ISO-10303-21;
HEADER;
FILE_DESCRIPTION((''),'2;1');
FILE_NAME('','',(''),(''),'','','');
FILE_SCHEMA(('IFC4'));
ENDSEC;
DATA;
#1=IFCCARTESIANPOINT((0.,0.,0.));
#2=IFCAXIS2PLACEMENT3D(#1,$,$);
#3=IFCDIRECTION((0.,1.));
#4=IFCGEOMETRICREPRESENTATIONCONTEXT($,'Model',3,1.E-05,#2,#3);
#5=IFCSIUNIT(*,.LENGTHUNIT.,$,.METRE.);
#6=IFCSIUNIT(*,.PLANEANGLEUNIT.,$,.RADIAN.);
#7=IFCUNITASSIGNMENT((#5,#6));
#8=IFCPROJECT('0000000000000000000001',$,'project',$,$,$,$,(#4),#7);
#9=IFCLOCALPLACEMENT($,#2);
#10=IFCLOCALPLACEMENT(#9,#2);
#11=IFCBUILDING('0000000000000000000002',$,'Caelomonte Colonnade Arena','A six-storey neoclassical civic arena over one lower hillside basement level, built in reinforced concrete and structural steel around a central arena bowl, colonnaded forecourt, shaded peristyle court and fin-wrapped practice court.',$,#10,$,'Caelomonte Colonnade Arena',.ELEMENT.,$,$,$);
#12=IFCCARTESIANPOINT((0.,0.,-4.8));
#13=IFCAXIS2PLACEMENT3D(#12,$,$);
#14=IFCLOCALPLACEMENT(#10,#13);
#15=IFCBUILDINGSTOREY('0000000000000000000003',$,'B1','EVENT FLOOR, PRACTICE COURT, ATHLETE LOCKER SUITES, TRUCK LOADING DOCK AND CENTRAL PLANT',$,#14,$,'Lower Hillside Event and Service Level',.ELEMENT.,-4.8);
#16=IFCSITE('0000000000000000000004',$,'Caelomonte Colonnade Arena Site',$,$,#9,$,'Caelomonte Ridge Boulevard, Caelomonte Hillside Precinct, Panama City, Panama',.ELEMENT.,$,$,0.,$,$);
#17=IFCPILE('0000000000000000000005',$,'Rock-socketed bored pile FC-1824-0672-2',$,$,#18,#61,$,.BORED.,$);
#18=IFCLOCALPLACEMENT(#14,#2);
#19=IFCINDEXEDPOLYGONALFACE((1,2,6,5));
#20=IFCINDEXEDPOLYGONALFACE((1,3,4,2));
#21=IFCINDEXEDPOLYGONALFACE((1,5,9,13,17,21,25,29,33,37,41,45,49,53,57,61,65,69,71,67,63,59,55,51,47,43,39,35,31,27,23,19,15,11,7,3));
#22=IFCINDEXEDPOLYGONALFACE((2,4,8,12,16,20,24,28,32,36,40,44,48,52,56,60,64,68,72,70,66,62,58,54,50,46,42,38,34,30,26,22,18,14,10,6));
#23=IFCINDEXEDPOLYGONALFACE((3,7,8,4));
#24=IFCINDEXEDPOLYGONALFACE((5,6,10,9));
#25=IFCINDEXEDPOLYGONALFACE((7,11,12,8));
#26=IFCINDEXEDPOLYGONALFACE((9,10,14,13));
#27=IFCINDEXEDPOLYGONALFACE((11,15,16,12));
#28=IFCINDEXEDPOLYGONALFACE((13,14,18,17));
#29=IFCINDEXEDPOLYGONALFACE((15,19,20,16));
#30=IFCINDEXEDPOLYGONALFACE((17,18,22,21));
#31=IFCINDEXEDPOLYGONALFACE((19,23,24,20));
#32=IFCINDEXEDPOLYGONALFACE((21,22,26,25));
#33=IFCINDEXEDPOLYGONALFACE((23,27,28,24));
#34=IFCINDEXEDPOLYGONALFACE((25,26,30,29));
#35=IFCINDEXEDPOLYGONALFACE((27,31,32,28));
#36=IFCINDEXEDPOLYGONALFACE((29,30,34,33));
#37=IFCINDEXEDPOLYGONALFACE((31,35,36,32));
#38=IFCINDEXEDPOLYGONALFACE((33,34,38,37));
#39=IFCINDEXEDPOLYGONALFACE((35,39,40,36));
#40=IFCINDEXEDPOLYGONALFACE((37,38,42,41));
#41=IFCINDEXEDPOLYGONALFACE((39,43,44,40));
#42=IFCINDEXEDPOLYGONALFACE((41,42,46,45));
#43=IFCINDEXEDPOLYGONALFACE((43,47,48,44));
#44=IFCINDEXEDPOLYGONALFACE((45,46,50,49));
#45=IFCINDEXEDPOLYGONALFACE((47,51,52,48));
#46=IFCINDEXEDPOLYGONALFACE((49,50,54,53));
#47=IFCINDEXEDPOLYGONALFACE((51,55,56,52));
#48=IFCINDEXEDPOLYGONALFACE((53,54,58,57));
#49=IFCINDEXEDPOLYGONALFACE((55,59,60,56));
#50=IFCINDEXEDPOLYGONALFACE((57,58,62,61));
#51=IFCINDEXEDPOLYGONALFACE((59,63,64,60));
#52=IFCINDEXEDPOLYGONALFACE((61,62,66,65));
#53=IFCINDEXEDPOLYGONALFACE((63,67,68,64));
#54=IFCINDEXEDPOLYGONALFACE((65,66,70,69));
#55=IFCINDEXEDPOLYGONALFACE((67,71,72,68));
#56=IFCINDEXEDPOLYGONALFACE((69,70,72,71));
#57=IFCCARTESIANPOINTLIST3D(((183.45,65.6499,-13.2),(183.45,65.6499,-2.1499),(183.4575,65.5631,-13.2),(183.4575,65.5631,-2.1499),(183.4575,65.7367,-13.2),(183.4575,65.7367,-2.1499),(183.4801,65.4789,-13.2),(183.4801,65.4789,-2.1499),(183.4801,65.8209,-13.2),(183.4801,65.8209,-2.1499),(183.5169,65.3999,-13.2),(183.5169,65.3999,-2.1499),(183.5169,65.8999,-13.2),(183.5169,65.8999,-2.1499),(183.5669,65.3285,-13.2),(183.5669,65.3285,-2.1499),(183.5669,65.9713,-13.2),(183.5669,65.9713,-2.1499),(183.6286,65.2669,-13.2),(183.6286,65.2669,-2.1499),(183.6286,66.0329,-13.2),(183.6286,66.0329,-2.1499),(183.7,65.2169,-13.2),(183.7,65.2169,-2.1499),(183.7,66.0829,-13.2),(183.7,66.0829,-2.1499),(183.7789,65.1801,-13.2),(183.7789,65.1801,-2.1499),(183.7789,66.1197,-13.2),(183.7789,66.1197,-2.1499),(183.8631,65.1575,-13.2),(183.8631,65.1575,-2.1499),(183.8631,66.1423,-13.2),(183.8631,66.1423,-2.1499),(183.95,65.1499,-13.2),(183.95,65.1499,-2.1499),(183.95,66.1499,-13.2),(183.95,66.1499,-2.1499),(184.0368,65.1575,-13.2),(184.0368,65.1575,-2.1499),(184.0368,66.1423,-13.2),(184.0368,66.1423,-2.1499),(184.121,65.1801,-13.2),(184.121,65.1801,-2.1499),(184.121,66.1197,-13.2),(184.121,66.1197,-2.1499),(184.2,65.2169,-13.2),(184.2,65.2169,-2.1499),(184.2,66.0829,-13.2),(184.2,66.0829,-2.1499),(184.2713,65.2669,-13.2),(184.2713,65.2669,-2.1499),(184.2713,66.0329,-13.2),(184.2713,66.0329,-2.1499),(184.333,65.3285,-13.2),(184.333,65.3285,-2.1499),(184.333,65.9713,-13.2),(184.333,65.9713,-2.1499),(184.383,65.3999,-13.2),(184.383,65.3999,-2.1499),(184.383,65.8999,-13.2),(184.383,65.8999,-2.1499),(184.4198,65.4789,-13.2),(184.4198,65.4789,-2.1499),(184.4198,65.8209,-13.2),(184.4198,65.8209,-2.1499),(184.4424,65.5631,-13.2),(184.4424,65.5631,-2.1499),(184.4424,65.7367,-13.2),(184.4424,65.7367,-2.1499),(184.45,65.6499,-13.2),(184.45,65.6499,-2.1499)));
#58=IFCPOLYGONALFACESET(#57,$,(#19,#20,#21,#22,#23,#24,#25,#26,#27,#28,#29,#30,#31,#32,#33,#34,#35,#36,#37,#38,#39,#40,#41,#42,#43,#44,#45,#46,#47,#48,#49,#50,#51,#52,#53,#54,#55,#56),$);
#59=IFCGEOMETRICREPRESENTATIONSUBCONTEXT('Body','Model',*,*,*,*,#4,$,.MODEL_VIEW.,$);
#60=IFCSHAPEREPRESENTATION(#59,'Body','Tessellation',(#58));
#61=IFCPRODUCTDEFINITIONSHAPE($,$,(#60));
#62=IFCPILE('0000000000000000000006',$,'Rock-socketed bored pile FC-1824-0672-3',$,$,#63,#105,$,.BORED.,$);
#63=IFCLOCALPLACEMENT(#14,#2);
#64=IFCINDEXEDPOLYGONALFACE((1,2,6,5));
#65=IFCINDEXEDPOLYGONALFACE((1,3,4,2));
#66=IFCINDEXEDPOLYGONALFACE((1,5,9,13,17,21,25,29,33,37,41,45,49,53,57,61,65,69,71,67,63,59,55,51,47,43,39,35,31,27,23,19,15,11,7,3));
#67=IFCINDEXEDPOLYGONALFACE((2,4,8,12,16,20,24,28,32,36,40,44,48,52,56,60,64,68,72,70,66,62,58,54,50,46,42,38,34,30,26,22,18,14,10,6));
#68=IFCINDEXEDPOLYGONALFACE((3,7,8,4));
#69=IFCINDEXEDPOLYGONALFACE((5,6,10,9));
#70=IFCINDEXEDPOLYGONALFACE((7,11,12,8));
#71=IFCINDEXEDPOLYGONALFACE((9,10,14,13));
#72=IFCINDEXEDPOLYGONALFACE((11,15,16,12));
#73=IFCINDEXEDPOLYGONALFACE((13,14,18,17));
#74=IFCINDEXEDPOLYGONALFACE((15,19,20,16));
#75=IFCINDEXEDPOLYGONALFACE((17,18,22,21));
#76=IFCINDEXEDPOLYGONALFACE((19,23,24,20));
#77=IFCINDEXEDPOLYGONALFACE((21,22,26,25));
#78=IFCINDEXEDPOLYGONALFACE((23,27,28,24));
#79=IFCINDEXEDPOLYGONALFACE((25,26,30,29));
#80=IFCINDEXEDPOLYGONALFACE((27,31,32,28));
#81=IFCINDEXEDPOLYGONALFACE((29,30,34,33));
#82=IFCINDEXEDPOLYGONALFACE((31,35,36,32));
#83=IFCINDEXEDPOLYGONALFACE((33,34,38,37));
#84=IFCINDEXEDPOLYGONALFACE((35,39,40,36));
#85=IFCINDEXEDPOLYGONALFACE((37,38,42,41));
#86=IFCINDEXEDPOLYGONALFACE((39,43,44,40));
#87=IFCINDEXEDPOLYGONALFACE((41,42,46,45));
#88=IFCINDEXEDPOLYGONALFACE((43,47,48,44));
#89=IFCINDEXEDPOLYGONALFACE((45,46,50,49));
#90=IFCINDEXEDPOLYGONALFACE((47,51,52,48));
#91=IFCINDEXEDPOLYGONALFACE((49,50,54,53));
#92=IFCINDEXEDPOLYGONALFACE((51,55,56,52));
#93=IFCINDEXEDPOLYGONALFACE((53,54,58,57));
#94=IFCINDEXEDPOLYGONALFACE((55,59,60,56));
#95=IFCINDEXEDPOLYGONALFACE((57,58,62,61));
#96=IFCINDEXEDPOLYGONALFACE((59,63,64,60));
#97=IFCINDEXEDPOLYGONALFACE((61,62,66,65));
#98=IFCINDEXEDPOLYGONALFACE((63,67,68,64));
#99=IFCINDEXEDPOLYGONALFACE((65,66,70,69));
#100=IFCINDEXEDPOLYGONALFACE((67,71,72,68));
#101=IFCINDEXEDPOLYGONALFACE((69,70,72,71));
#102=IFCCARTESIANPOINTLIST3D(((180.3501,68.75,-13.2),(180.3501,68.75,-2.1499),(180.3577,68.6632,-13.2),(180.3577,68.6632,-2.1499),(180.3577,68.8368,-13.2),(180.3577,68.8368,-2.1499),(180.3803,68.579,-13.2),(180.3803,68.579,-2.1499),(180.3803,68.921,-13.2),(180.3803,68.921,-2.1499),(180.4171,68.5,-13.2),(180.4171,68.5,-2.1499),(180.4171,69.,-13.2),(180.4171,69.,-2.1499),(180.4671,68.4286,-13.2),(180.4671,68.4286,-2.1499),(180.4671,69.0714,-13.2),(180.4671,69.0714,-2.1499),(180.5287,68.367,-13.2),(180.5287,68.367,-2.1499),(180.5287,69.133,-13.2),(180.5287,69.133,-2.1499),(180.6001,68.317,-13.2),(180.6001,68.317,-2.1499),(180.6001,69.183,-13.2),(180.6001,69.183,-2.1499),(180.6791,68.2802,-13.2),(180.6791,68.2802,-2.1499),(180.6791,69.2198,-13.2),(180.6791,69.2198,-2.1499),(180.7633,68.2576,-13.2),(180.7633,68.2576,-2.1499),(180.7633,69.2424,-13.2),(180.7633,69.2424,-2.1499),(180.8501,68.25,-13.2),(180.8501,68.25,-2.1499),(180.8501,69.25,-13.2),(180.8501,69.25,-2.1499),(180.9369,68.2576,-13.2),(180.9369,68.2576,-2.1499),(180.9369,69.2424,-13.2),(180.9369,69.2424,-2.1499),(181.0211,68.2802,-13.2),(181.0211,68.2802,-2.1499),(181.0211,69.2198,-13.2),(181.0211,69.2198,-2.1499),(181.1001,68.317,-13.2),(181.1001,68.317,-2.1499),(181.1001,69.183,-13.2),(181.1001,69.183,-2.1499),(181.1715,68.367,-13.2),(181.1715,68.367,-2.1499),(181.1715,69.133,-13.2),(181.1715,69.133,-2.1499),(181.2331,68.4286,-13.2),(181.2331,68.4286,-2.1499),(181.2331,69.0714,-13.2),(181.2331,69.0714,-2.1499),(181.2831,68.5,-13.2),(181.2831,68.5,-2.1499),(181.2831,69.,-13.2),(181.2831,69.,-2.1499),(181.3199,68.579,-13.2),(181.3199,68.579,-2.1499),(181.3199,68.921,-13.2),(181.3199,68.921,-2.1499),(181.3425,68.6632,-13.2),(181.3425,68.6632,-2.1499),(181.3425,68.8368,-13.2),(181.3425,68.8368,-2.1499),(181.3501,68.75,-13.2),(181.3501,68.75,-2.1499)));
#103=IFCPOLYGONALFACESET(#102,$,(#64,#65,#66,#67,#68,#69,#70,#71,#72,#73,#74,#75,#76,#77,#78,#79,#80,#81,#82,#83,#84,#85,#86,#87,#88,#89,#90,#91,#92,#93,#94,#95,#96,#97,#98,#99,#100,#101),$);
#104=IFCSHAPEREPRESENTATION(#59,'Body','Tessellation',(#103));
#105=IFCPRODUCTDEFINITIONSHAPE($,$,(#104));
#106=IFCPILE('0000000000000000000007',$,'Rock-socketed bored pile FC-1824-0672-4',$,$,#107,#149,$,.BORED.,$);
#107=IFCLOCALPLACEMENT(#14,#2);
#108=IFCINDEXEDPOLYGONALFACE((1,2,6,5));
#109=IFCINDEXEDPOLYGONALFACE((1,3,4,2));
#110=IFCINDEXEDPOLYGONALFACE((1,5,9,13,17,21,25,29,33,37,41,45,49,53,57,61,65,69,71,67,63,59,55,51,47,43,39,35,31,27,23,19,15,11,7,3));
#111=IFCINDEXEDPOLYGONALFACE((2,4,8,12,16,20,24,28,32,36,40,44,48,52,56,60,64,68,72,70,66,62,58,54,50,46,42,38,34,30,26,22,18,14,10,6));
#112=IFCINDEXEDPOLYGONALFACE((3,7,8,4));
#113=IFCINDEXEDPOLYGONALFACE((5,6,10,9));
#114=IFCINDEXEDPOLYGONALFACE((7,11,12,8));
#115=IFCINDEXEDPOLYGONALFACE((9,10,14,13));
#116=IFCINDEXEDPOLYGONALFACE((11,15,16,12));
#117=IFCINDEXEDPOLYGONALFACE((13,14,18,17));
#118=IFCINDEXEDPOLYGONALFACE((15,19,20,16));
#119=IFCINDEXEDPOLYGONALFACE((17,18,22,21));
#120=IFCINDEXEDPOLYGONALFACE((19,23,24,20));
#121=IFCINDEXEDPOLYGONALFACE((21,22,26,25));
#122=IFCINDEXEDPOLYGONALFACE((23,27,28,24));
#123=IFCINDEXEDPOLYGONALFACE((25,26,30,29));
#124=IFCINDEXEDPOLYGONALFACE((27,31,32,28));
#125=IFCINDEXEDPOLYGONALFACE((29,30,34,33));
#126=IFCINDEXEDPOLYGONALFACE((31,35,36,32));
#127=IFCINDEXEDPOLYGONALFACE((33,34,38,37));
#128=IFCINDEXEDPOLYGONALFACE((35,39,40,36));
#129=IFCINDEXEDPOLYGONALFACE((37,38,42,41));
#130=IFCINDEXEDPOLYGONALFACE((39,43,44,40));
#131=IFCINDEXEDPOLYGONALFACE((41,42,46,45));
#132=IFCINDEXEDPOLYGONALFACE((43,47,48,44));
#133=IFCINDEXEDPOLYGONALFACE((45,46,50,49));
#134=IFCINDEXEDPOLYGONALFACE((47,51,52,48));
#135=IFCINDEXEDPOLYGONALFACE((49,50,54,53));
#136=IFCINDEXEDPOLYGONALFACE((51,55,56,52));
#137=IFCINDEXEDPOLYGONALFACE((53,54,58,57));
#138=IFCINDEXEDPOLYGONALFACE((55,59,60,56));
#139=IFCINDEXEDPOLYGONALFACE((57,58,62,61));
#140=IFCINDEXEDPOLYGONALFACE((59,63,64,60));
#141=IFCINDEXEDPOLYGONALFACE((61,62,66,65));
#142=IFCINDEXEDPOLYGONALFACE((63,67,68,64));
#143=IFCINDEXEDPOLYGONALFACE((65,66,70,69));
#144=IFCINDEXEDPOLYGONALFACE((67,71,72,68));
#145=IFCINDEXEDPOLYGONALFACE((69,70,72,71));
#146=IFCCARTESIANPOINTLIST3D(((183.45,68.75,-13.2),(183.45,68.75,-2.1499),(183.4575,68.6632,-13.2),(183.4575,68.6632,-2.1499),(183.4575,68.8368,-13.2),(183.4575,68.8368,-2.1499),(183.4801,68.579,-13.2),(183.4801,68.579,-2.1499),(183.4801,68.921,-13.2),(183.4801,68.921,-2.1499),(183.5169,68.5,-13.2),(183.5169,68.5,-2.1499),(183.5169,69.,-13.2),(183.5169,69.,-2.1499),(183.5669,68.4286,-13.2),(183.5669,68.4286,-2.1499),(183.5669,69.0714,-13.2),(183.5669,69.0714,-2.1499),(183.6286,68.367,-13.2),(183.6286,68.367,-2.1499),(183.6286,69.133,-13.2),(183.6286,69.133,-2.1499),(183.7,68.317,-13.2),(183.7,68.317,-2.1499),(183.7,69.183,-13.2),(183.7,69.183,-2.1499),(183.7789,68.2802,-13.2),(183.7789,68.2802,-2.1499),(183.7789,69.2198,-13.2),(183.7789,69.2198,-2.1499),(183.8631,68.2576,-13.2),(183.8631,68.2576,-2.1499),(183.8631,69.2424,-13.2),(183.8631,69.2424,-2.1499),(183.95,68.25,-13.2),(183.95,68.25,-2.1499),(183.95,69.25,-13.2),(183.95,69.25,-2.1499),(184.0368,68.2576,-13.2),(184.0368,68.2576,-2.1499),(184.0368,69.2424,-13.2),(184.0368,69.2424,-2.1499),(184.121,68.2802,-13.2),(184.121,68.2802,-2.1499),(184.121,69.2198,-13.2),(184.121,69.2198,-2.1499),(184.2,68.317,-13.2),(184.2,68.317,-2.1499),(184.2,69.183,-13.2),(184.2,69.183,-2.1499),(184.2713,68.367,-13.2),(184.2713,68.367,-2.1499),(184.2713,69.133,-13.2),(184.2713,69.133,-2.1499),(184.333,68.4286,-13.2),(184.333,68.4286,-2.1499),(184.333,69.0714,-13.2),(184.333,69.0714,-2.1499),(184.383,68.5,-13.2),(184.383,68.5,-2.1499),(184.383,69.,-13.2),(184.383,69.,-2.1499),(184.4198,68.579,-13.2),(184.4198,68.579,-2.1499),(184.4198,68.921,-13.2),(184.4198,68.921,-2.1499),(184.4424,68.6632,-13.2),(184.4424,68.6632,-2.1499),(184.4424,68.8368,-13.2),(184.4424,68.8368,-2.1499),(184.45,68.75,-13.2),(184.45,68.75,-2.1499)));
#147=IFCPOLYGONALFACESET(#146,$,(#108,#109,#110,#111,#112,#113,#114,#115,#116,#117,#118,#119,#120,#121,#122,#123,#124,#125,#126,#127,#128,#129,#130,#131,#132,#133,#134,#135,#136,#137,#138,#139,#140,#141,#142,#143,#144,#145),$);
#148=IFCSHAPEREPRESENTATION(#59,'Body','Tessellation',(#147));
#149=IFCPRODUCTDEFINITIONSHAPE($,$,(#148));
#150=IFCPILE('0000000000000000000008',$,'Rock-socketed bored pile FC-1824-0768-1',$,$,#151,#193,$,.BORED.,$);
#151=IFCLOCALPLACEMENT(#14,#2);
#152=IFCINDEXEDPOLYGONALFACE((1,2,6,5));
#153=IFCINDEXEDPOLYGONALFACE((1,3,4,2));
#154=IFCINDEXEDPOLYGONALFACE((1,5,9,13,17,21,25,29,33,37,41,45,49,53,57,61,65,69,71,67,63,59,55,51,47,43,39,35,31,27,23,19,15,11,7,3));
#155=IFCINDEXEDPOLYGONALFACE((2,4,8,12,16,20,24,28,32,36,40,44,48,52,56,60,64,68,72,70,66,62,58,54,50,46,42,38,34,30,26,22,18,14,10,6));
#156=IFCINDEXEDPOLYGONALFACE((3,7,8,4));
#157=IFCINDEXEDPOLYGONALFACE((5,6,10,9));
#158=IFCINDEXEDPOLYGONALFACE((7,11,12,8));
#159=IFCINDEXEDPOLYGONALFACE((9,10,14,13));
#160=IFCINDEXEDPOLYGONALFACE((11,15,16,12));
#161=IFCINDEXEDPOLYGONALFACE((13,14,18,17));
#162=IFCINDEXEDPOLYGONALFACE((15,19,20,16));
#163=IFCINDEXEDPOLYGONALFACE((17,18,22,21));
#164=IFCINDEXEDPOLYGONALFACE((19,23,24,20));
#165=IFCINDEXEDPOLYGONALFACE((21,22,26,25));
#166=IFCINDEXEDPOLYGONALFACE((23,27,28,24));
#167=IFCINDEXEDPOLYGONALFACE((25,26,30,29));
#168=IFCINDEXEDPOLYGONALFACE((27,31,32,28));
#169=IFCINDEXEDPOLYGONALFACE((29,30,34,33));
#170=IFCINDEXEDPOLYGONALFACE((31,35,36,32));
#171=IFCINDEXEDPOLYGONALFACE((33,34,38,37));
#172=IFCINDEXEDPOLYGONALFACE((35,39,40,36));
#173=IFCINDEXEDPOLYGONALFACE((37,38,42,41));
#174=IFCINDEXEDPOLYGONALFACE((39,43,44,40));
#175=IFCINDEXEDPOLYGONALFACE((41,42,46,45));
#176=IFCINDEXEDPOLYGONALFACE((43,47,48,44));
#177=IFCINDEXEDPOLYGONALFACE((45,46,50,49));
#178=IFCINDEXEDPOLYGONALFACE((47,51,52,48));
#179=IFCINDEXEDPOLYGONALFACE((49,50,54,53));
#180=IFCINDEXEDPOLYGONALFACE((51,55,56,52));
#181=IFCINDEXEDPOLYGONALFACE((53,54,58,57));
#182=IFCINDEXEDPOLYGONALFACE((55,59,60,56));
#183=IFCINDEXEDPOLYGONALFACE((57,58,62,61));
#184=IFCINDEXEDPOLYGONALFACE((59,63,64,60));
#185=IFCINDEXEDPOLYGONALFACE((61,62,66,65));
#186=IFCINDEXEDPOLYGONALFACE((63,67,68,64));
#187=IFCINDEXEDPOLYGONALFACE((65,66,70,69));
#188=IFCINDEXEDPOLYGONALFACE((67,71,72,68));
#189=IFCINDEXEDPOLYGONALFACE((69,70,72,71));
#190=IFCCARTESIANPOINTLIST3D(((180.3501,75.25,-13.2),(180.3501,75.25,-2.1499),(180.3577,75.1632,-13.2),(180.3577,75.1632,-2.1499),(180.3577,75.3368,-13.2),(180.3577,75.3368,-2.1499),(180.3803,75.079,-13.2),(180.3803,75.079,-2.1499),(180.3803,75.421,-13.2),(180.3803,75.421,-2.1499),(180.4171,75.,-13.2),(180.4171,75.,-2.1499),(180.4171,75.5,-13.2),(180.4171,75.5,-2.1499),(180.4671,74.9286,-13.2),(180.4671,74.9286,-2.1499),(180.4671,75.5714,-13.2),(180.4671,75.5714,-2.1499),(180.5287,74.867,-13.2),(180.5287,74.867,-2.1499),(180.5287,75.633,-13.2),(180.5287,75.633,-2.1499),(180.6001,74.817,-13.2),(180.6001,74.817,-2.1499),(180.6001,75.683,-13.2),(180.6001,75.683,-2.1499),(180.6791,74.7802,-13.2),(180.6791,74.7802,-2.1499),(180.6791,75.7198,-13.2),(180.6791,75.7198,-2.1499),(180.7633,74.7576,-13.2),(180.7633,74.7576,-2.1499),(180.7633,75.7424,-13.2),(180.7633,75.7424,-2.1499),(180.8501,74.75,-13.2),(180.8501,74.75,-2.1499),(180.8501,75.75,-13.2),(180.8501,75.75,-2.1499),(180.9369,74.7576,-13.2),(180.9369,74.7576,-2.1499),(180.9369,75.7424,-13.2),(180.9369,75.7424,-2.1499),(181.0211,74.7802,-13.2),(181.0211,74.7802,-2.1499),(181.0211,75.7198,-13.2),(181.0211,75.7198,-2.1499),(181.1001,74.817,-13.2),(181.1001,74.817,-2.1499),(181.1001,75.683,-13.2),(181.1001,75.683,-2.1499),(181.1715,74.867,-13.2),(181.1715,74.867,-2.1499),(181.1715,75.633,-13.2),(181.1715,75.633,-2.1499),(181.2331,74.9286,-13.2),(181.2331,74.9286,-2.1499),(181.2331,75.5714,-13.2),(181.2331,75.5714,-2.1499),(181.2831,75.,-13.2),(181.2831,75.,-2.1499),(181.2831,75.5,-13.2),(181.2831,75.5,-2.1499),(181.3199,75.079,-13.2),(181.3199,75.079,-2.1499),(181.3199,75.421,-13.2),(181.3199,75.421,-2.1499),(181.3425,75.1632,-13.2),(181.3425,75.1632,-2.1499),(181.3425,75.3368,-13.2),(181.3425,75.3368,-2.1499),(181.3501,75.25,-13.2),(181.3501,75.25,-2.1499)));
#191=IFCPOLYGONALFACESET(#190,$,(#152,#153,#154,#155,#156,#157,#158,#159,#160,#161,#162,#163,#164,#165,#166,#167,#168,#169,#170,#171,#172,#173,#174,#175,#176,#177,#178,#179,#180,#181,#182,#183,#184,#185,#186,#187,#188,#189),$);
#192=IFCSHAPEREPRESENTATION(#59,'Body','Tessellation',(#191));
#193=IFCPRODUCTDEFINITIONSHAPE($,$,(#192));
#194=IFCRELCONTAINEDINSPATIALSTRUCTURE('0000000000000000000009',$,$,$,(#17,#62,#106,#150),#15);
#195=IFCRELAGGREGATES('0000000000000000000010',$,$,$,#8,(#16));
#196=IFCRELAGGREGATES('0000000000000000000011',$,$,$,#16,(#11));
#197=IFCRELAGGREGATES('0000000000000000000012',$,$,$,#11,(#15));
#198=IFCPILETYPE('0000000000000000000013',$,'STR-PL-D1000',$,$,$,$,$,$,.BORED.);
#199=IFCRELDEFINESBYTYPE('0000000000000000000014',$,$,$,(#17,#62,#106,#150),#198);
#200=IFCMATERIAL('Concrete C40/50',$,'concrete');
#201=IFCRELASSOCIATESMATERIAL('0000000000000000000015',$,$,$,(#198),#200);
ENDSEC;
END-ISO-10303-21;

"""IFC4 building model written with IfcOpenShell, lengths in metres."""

from ifc_helpers import new_model, si_unit, direction, frame, origin, origin_2d, place, context, subcontext, project, spatial, circle, extrude, material, material_profile, profile_set, type_object, element, save


model = new_model("IFC4")

# Units and contexts
model_context = context("Model", 3, precision=1e-05, world=origin(), true_north=direction((0.0, 1.0)))
body_context = subcontext(model_context, "Body", "Model", "MODEL_VIEW")
ifc_project = project(units=[si_unit("LENGTHUNIT", "METRE"), si_unit("PLANEANGLEUNIT", "RADIAN")], contexts=[model_context])

# Site, building, storey
site_placement = place(None, origin())
site = spatial("IfcSite", under=ifc_project, at=site_placement, Name="Caelomonte Colonnade Arena Site", LongName="Caelomonte Ridge Boulevard, Caelomonte Hillside Precinct, Panama City, Panama", CompositionType="ELEMENT", RefElevation=0.0)
building_placement = place(site_placement, origin())
building = spatial("IfcBuilding", under=site, at=building_placement, Name="Caelomonte Colonnade Arena", Description="A six-storey neoclassical civic arena over one lower hillside basement level, built in reinforced concrete and structural steel around a central arena bowl, colonnaded forecourt, shaded peristyle court and fin-wrapped practice court.", LongName="Caelomonte Colonnade Arena", CompositionType="ELEMENT")
storey_placement = place(building_placement, frame((0.0, 0.0, -4.8)))
storey = spatial("IfcBuildingStorey", under=building, at=storey_placement, Name="B1", Description="EVENT FLOOR, PRACTICE COURT, ATHLETE LOCKER SUITES, TRUCK LOADING DOCK AND CENTRAL PLANT", LongName="Lower Hillside Event and Service Level", CompositionType="ELEMENT", Elevation=-4.8)

# Shared definitions
ifc_material_1 = material(Name="Concrete C40/50", Category="concrete")

# Piles
ifc_material_profile_1 = material_profile(ifc_material_1, circle(Radius=0.5, at=origin_2d()), Name="PILE-D1000")
ifc_profile_set_1 = profile_set([ifc_material_profile_1], Name="Concrete C40/50")
pile_type = type_object("IfcPileType", Name="STR-PL-D1000", PredefinedType="BORED", material=ifc_profile_set_1)
for number, where, z_axis, x_axis, name in (
    (1, (183.95, 65.6499, -2.1499), (0.0, 0.0, -1.0), (1.0, 0.0, 0.0), "Rock-socketed bored pile FC-1824-0672-2"),
    (2, (180.8501, 68.75, -2.1499), (0.0, 0.0, -1.0), (1.0, 0.0, 0.0), "Rock-socketed bored pile FC-1824-0672-3"),
    (3, (183.95, 68.75, -2.1499), (0.0, 0.0, -1.0), (1.0, 0.0, 0.0), "Rock-socketed bored pile FC-1824-0672-4"),
    (4, (180.8501, 75.25, -2.1499), (0.0, 0.0, -1.0), (1.0, 0.0, 0.0), "Rock-socketed bored pile FC-1824-0768-1"),
):
    element("IfcPile", number, at=place(storey_placement, frame(where, z_axis=z_axis, x_axis=x_axis)), inside=storey, type_object=pile_type, Name=name, PredefinedType="BORED", context=body_context, shape_type="SweptSolid", body=[
        extrude(circle(Radius=0.5, at=origin_2d()), origin(), (0.0, 0.0, 1.0), 11.05),
    ])

save(model, "model.ifc")
